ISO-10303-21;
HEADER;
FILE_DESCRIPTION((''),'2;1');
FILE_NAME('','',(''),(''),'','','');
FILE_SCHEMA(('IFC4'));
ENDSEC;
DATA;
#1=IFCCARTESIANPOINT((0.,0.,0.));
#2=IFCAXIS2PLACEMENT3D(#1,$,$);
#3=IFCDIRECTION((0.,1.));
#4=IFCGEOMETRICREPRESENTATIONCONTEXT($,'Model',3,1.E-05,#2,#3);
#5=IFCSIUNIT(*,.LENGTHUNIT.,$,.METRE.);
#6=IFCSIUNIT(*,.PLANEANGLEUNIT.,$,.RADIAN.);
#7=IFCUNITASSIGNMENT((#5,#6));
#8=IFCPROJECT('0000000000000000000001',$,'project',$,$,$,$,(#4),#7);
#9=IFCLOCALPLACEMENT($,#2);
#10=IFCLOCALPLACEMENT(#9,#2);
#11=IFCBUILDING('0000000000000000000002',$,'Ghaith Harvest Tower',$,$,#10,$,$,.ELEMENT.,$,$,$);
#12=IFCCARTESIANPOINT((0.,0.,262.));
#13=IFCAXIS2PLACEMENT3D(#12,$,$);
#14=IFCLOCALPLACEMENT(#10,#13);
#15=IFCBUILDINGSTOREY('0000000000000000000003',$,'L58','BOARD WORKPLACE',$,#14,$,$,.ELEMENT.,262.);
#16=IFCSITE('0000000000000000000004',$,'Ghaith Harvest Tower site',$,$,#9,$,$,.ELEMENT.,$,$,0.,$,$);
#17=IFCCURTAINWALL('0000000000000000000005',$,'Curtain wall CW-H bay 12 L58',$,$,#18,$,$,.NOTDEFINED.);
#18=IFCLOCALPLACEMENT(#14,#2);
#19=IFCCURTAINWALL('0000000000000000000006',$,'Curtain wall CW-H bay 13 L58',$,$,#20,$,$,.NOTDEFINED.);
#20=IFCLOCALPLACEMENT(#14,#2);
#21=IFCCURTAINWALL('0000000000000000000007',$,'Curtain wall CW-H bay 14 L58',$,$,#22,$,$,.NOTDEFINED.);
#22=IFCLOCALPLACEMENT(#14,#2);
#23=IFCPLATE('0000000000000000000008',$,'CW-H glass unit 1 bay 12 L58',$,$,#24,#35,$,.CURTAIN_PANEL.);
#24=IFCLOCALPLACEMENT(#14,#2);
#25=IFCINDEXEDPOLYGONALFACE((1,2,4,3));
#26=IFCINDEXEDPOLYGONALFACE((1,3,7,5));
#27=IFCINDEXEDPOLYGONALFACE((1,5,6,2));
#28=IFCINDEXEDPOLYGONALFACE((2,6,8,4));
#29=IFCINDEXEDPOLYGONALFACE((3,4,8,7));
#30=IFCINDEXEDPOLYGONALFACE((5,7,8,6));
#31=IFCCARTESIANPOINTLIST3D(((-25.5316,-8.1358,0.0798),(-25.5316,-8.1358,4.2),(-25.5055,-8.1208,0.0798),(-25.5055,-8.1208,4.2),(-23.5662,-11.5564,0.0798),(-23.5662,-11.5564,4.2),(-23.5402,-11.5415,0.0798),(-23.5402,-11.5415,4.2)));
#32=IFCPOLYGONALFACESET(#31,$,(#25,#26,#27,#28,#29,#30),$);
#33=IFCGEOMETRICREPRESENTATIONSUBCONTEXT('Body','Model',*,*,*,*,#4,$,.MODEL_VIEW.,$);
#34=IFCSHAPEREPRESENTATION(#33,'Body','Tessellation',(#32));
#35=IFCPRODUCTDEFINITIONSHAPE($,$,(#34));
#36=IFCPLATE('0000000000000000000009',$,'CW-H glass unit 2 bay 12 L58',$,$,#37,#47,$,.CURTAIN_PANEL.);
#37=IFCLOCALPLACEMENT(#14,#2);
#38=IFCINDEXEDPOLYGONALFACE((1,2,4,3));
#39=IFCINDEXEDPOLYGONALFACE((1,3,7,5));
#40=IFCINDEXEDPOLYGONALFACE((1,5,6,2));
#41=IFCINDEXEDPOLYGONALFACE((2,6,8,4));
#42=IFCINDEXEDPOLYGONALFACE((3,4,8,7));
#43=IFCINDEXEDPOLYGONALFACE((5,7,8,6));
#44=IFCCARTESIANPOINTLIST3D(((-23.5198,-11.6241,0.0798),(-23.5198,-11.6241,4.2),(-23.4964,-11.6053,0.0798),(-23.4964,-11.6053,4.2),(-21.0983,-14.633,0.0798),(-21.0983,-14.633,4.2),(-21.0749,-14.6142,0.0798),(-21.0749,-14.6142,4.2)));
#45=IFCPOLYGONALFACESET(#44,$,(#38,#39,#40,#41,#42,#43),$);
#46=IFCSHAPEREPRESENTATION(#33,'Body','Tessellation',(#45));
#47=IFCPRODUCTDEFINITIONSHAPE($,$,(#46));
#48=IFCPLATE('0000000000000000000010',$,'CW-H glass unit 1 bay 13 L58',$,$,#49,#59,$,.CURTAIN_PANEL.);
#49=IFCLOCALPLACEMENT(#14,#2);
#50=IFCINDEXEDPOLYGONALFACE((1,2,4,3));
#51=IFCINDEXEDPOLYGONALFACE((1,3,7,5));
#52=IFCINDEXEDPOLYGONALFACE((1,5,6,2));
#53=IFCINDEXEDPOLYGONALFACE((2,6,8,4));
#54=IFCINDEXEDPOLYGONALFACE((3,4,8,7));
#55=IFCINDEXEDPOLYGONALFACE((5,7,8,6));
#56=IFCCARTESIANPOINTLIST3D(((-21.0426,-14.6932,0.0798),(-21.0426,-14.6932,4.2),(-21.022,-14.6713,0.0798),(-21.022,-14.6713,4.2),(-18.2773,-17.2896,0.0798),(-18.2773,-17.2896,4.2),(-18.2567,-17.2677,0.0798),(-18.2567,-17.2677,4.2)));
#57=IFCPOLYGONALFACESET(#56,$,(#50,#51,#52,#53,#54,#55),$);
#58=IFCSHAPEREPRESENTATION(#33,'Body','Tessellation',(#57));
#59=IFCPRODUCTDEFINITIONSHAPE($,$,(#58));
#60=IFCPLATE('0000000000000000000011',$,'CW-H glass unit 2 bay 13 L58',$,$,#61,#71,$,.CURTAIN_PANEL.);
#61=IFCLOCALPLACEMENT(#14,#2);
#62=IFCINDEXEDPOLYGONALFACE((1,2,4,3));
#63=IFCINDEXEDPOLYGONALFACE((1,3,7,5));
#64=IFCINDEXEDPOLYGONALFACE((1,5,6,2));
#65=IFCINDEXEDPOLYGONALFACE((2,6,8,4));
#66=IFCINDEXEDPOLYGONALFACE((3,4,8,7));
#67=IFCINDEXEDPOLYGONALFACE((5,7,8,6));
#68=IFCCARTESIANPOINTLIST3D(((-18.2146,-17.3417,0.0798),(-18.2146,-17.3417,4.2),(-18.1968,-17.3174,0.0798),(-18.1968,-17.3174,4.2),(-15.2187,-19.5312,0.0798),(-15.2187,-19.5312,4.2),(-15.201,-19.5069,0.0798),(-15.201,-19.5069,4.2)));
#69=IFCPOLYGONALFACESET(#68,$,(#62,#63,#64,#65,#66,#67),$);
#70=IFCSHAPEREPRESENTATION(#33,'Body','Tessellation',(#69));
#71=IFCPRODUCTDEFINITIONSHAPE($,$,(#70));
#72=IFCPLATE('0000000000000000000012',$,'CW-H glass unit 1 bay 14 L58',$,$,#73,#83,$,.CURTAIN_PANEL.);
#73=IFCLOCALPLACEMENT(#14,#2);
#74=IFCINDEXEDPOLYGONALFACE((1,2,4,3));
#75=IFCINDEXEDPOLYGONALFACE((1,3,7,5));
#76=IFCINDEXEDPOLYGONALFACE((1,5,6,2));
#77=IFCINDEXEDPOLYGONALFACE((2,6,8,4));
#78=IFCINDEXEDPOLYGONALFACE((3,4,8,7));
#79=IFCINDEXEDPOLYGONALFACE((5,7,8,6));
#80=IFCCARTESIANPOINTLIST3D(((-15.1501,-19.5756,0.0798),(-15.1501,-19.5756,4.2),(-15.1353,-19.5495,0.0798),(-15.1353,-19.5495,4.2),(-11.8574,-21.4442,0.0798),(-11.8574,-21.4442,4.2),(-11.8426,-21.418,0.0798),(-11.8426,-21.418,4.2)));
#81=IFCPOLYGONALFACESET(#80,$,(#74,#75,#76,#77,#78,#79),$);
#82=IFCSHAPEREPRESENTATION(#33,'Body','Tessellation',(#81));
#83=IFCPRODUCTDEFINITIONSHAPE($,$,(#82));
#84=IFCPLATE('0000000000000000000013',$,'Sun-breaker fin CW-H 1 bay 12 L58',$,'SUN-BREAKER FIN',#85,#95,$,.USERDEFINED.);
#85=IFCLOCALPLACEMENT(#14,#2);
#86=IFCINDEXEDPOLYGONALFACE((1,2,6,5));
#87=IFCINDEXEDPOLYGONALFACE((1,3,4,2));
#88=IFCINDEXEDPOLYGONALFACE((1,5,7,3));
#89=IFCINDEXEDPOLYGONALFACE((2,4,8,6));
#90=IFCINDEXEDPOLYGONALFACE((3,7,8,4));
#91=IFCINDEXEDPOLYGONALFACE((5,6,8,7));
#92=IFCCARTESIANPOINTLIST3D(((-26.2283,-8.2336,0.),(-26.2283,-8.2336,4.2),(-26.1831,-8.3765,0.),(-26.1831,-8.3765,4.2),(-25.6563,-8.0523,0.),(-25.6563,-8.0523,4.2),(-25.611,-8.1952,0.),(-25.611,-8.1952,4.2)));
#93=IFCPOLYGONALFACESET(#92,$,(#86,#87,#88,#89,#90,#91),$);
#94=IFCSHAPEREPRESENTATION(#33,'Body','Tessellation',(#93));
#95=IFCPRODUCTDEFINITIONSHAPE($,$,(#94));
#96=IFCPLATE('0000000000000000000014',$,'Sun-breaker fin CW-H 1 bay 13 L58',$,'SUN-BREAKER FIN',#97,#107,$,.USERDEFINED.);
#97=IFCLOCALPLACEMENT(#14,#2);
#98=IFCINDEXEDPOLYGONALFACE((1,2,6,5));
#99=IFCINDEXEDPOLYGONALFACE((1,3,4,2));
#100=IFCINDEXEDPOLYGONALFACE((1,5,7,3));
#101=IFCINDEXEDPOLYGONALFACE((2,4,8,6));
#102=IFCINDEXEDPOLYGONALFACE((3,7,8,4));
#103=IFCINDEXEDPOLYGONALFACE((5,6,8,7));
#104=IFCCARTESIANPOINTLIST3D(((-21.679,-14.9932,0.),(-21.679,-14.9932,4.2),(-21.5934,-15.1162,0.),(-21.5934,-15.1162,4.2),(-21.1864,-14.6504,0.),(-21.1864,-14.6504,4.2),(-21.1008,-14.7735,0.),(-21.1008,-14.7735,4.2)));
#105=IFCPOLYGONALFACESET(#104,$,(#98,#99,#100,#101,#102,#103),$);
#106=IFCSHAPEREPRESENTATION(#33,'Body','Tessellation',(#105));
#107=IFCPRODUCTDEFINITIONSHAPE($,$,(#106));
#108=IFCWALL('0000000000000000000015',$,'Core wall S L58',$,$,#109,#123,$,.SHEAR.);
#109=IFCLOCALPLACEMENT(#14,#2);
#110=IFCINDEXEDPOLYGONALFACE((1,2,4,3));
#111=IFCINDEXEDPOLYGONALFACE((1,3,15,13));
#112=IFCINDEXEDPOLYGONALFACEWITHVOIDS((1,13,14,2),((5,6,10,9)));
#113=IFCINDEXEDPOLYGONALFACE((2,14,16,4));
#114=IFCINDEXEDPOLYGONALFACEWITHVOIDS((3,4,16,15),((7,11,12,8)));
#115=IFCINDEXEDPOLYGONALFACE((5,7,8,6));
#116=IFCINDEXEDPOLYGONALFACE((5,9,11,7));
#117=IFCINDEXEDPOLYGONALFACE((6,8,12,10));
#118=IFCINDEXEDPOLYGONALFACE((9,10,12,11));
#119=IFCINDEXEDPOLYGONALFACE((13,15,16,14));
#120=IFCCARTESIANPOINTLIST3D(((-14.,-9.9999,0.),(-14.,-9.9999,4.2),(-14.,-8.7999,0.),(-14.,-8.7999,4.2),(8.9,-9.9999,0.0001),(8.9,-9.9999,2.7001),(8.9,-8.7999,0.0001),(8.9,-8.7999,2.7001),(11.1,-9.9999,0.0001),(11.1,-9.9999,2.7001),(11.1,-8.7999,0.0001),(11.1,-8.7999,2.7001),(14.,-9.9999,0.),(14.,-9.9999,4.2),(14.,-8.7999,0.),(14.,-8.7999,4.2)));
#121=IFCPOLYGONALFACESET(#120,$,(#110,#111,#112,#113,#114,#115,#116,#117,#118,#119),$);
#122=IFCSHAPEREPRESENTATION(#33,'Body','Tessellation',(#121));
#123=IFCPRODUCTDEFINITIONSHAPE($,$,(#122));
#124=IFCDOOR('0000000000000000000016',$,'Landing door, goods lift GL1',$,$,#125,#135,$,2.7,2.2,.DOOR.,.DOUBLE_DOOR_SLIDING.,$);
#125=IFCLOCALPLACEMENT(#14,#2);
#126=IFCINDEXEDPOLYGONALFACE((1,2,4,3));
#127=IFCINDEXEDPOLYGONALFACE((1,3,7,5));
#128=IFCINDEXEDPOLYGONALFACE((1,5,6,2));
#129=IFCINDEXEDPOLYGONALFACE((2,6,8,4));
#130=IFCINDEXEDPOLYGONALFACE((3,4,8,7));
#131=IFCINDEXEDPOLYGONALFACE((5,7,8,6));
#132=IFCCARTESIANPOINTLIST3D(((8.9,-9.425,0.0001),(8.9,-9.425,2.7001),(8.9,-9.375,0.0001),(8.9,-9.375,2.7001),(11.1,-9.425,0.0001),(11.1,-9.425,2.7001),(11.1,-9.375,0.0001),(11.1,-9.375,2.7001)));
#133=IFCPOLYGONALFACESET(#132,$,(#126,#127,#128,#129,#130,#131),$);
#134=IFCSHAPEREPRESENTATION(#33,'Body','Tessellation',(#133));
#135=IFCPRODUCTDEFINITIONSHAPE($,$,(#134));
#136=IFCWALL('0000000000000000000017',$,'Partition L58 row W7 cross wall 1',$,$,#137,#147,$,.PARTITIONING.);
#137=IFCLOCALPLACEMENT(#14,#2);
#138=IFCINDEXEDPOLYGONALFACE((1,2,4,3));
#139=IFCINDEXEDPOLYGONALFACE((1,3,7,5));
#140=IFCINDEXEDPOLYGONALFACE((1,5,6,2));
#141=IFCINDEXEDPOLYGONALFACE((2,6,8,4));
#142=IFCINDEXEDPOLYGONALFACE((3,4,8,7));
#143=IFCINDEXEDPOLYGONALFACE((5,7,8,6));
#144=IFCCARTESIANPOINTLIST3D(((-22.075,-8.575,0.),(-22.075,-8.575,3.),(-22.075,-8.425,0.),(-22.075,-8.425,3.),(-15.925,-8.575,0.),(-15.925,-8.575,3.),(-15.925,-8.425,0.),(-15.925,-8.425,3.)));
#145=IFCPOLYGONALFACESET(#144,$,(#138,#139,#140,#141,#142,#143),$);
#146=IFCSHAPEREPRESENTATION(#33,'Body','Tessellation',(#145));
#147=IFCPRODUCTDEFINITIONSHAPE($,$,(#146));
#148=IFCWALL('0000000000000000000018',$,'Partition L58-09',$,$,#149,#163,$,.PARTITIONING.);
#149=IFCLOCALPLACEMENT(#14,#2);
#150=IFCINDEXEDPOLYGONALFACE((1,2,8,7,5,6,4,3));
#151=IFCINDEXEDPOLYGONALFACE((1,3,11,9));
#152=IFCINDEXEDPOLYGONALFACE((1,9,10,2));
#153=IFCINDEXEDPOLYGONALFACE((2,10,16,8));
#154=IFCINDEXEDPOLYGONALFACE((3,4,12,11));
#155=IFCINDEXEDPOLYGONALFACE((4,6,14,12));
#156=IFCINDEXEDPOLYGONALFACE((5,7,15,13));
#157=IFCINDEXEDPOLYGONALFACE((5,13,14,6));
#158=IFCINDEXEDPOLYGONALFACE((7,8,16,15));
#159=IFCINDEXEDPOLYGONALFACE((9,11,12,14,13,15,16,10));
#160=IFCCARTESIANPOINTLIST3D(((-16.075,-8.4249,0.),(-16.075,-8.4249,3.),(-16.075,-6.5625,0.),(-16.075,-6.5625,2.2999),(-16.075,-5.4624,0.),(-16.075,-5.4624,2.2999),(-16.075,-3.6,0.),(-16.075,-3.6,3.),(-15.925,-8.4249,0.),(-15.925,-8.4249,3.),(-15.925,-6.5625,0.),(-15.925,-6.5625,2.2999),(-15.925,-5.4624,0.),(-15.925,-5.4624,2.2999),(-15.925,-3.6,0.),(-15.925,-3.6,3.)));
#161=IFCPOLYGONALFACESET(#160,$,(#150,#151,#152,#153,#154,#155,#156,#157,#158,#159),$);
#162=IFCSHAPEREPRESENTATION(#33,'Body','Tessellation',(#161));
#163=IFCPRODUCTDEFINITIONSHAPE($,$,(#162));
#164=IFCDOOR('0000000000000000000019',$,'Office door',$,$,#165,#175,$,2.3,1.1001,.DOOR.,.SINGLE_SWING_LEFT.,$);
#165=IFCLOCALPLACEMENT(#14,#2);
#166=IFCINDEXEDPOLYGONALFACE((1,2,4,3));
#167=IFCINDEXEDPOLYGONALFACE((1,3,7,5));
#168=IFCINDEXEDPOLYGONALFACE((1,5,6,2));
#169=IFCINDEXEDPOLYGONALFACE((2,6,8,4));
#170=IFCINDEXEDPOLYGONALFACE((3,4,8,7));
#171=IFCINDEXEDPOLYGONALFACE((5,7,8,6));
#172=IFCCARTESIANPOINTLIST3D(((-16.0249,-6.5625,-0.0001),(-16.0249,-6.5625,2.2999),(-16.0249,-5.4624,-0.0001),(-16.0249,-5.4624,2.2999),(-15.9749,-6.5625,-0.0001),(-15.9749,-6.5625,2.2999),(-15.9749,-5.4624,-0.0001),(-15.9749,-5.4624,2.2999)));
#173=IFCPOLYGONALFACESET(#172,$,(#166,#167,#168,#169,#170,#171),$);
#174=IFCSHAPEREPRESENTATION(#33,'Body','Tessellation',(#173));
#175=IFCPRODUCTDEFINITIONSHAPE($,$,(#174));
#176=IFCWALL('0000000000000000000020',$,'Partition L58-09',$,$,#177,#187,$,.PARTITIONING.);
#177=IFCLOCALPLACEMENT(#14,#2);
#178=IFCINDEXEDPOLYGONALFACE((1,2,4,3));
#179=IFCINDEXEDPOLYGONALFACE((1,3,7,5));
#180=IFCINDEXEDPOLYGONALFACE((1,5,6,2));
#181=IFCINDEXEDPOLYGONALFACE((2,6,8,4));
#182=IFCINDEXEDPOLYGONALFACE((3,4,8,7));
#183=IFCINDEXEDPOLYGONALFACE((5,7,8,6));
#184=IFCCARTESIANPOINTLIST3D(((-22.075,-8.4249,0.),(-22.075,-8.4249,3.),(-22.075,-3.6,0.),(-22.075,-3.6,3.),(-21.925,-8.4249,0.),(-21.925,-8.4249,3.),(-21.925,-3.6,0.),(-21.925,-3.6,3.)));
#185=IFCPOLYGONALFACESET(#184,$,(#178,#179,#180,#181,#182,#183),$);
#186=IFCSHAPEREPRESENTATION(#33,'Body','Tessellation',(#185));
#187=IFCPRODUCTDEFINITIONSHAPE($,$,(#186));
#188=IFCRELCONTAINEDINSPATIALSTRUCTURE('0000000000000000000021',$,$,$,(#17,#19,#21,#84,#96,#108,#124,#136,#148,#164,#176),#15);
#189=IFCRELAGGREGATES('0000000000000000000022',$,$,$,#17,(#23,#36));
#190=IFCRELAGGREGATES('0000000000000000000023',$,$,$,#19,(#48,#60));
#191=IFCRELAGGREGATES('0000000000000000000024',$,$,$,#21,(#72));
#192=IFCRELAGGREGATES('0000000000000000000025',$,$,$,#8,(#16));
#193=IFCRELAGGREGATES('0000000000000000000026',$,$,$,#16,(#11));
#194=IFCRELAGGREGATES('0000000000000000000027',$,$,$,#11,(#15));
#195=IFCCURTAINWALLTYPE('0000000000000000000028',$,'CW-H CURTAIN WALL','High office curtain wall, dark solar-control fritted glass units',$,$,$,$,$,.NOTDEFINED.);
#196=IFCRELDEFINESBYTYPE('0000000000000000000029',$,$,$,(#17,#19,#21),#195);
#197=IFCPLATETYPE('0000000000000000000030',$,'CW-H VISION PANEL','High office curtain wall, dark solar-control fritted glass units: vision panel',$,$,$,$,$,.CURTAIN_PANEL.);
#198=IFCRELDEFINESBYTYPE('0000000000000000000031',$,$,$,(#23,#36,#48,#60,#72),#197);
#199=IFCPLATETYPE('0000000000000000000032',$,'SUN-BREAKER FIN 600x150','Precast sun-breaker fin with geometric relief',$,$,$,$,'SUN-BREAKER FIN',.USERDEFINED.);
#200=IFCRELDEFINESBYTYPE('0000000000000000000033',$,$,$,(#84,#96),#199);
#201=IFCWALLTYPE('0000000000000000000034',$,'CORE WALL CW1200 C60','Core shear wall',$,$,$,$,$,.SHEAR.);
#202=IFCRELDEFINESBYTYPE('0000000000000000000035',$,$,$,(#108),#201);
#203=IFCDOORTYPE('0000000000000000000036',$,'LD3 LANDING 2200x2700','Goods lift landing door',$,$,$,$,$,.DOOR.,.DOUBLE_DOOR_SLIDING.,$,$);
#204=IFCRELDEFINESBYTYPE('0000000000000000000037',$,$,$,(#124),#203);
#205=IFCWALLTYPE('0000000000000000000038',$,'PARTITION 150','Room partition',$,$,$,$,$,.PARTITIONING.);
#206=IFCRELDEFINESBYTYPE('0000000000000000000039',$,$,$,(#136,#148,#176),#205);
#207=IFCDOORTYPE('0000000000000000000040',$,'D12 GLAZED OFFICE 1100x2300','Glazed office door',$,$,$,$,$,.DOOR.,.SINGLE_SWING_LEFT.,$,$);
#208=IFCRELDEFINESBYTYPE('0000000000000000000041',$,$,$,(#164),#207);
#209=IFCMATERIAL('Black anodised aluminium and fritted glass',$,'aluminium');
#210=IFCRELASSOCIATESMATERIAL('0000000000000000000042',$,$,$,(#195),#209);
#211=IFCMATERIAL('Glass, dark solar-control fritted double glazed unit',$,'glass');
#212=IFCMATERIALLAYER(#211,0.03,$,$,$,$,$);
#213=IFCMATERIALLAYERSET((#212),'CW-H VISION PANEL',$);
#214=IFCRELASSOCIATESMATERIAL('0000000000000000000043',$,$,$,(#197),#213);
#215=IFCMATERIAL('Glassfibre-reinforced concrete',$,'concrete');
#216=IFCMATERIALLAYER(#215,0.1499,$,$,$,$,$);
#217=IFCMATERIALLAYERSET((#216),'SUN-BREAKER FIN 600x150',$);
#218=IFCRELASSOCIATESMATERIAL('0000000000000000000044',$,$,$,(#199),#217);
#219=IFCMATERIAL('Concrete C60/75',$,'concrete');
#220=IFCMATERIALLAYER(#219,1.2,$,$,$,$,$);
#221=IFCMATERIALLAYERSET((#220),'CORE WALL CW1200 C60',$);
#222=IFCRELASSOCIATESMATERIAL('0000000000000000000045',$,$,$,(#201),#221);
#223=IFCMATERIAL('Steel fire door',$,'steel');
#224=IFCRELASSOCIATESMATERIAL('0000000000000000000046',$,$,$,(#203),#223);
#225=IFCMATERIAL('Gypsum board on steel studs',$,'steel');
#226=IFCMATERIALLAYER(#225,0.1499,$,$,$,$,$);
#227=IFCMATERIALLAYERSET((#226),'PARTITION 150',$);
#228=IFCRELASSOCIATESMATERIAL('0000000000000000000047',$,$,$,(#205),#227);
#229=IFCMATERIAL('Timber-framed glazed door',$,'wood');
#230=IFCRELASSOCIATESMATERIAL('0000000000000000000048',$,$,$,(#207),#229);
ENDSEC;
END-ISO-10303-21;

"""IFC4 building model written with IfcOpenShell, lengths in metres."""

from ifc_helpers import new_model, si_unit, direction, frame, frame_2d, origin, origin_2d, place, context, subcontext, project, spatial, rectangle, extrude, material, layer, layer_set, type_object, element, fill, aggregate, save


model = new_model("IFC4")

# Units and contexts
model_context = context("Model", 3, precision=1e-05, world=origin(), true_north=direction((0.0, 1.0)))
body_context = subcontext(model_context, "Body", "Model", "MODEL_VIEW")
ifc_project = project(units=[si_unit("LENGTHUNIT", "METRE"), si_unit("PLANEANGLEUNIT", "RADIAN")], contexts=[model_context])

# Site, building, storey
site_placement = place(None, origin())
site = spatial("IfcSite", under=ifc_project, at=site_placement, Name="Ghaith Harvest Tower site", CompositionType="ELEMENT", RefElevation=0.0)
building_placement = place(site_placement, origin())
building = spatial("IfcBuilding", under=site, at=building_placement, Name="Ghaith Harvest Tower", CompositionType="ELEMENT")
storey_placement = place(building_placement, frame((0.0, 0.0, 262.0)))
storey = spatial("IfcBuildingStorey", under=building, at=storey_placement, Name="L58", Description="BOARD WORKPLACE", CompositionType="ELEMENT", Elevation=262.0)

# Curtain wall
ifc_material_1 = material(Name="Black anodised aluminium and fritted glass", Category="aluminium")
curtain_wall_type = type_object("IfcCurtainWallType", Name="CW-H CURTAIN WALL", Description="High office curtain wall, dark solar-control fritted glass units", PredefinedType="NOTDEFINED", material=ifc_material_1)
curtain_wall_1_placement = place(storey_placement, origin())
curtain_wall_1 = element("IfcCurtainWall", 1, at=curtain_wall_1_placement, inside=storey, type_object=curtain_wall_type, Name="Curtain wall CW-H bay 12 L58", PredefinedType="NOTDEFINED")

# Curtain wall
curtain_wall_2_placement = place(storey_placement, origin())
curtain_wall_2 = element("IfcCurtainWall", 2, at=curtain_wall_2_placement, inside=storey, type_object=curtain_wall_type, Name="Curtain wall CW-H bay 13 L58", PredefinedType="NOTDEFINED")

# Curtain wall
curtain_wall_3_placement = place(storey_placement, origin())
curtain_wall_3 = element("IfcCurtainWall", 3, at=curtain_wall_3_placement, inside=storey, type_object=curtain_wall_type, Name="Curtain wall CW-H bay 14 L58", PredefinedType="NOTDEFINED")

# Plates
ifc_material_2 = material(Name="Glass, dark solar-control fritted double glazed unit", Category="glass")
ifc_layer_1 = layer(ifc_material_2, 0.03)
ifc_layer_set_1 = layer_set([ifc_layer_1], Name="CW-H VISION PANEL")
plate_type_1 = type_object("IfcPlateType", Name="CW-H VISION PANEL", Description="High office curtain wall, dark solar-control fritted glass units: vision panel", PredefinedType="CURTAIN_PANEL", material=ifc_layer_set_1)
plate_1_placement = place(storey_placement, frame((-24.5359, -9.8386, 0.0798), z_axis=(0.0, 0.0, 1.0), x_axis=(0.49818, -0.867074, 0.0)))
plate_1 = element("IfcPlate", 4, at=plate_1_placement, type_object=plate_type_1, Name="CW-H glass unit 1 bay 12 L58", PredefinedType="CURTAIN_PANEL", context=body_context, shape_type="SweptSolid", body=[
    extrude(rectangle(XDim=3.9451, YDim=0.03, at=origin_2d()), origin(), (0.0, 0.0, 1.0), 4.1201),
])
plate_2_placement = place(storey_placement, frame((-22.2974, -13.1191, 0.0798), z_axis=(0.0, 0.0, 1.0), x_axis=(0.626957, -0.779054, 0.0)))
plate_2 = element("IfcPlate", 5, at=plate_2_placement, type_object=plate_type_1, Name="CW-H glass unit 2 bay 12 L58", PredefinedType="CURTAIN_PANEL", context=body_context, shape_type="SweptSolid", body=[
    extrude(rectangle(XDim=3.8623, YDim=0.03, at=origin_2d()), origin(), (0.0, 0.0, 1.0), 4.1201),
])
aggregate(curtain_wall_1, [plate_1, plate_2])
plate_3_placement = place(storey_placement, frame((-19.6497, -15.9805, 0.0798), z_axis=(0.0, 0.0, 1.0), x_axis=(0.729017, -0.684496, 0.0)))
plate_3 = element("IfcPlate", 6, at=plate_3_placement, type_object=plate_type_1, Name="CW-H glass unit 1 bay 13 L58", PredefinedType="CURTAIN_PANEL", context=body_context, shape_type="SweptSolid", body=[
    extrude(rectangle(XDim=3.7932, YDim=0.03, at=origin_2d()), origin(), (0.0, 0.0, 1.0), 4.1201),
])
plate_4_placement = place(storey_placement, frame((-16.7078, -18.4243, 0.0798), z_axis=(0.0, 0.0, 1.0), x_axis=(0.807364, -0.590054, 0.0)))
plate_4 = element("IfcPlate", 7, at=plate_4_placement, type_object=plate_type_1, Name="CW-H glass unit 2 bay 13 L58", PredefinedType="CURTAIN_PANEL", context=body_context, shape_type="SweptSolid", body=[
    extrude(rectangle(XDim=3.7107, YDim=0.03, at=origin_2d()), origin(), (0.0, 0.0, 1.0), 4.1201),
])
aggregate(curtain_wall_2, [plate_3, plate_4])
plate_5_placement = place(storey_placement, frame((-13.4963, -20.4968, 0.0798), z_axis=(0.0, 0.0, 1.0), x_axis=(0.869715, -0.493554, 0.0)))
plate_5 = element("IfcPlate", 8, at=plate_5_placement, type_object=plate_type_1, Name="CW-H glass unit 1 bay 14 L58", PredefinedType="CURTAIN_PANEL", context=body_context, shape_type="SweptSolid", body=[
    extrude(rectangle(XDim=3.7859, YDim=0.03, at=origin_2d()), origin(), (0.0, 0.0, 1.0), 4.1201),
])
aggregate(curtain_wall_3, [plate_5])

# Plates
ifc_material_3 = material(Name="Glassfibre-reinforced concrete", Category="concrete")
ifc_layer_2 = layer(ifc_material_3, 0.1499)
ifc_layer_set_2 = layer_set([ifc_layer_2], Name="SUN-BREAKER FIN 600x150")
plate_type_2 = type_object("IfcPlateType", Name="SUN-BREAKER FIN 600x150", Description="Precast sun-breaker fin with geometric relief", ElementType="SUN-BREAKER FIN", PredefinedType="USERDEFINED", material=ifc_layer_set_2)
for number, where, z_axis, x_axis, name in (
    (9, (-25.9197, -8.2144, 0.0), (0.0, 0.0, 1.0), (-0.953273, -0.30211, 0.0), "Sun-breaker fin CW-H 1 bay 12 L58"),
    (10, (-21.3899, -14.8833, 0.0), (0.0, 0.0, 1.0), (-0.820845, -0.57115, 0.0), "Sun-breaker fin CW-H 1 bay 13 L58"),
):
    element("IfcPlate", number, at=place(storey_placement, frame(where, z_axis=z_axis, x_axis=x_axis)), inside=storey, type_object=plate_type_2, Name=name, ObjectType="SUN-BREAKER FIN", PredefinedType="USERDEFINED", context=body_context, shape_type="SweptSolid", body=[
        extrude(rectangle(XDim=0.6001, YDim=0.1499, at=origin_2d()), origin(), (0.0, 0.0, 1.0), 4.2),
    ])

# Wall, opening, door
ifc_material_4 = material(Name="Concrete C60/75", Category="concrete")
ifc_layer_3 = layer(ifc_material_4, 1.2)
ifc_layer_set_3 = layer_set([ifc_layer_3], Name="CORE WALL CW1200 C60")
wall_type_1 = type_object("IfcWallType", Name="CORE WALL CW1200 C60", Description="Core shear wall", PredefinedType="SHEAR", material=ifc_layer_set_3)
wall_1_placement = place(storey_placement, frame((-14.0, -9.3999, 0.0), z_axis=(0.0, 0.0, 1.0), x_axis=(1.0, 0.0, 0.0)))
wall_1 = element("IfcWall", 11, at=wall_1_placement, inside=storey, type_object=wall_type_1, Name="Core wall S L58", PredefinedType="SHEAR", context=body_context, shape_type="SweptSolid", body=[
    extrude(rectangle(XDim=28.0, YDim=1.2, at=frame_2d((14.0, 0.0))), origin(), (0.0, 0.0, 1.0), 4.2),
])
opening_1_placement = place(wall_1_placement, frame((22.8999, 0.0, 0.0)))
opening_1 = element("IfcOpeningElement", 12, at=opening_1_placement, cuts=wall_1, PredefinedType="OPENING", context=body_context, shape_type="SweptSolid", body=[
    extrude(rectangle(XDim=2.2, YDim=2.7, at=frame_2d((1.1001, 1.3501))), frame((0.0, 0.6099, 0.0), z_axis=(0.0, -1.0, 0.0), x_axis=(1.0, 0.0, 0.0)), (0.0, 0.0, 1.0), 1.22),
])
ifc_material_5 = material(Name="Steel fire door", Category="steel")
door_type_1 = type_object("IfcDoorType", Name="LD3 LANDING 2200x2700", Description="Goods lift landing door", OperationType="DOUBLE_DOOR_SLIDING", PredefinedType="DOOR", material=ifc_material_5)
door_1_placement = place(opening_1_placement, origin())
door_1 = element("IfcDoor", 13, at=door_1_placement, inside=storey, type_object=door_type_1, Name="Landing door, goods lift GL1", OperationType="DOUBLE_DOOR_SLIDING", OverallHeight=2.7, OverallWidth=2.2, PredefinedType="DOOR", context=body_context, shape_type="SweptSolid", body=[
    extrude(rectangle(XDim=2.2, YDim=2.7, at=frame_2d((1.1001, 1.3501))), frame((0.0, 0.0249, 0.0), z_axis=(0.0, -1.0, 0.0), x_axis=(1.0, 0.0, 0.0)), (0.0, 0.0, 1.0), 0.05),
])
fill(opening_1, door_1)

# Wall
ifc_material_6 = material(Name="Gypsum board on steel studs", Category="steel")
ifc_layer_4 = layer(ifc_material_6, 0.1499)
ifc_layer_set_4 = layer_set([ifc_layer_4], Name="PARTITION 150")
wall_type_2 = type_object("IfcWallType", Name="PARTITION 150", Description="Room partition", PredefinedType="PARTITIONING", material=ifc_layer_set_4)
wall_2_placement = place(storey_placement, frame((-15.925, -8.5, 0.0), z_axis=(0.0, 0.0, 1.0), x_axis=(-1.0, 0.0, 0.0)))
element("IfcWall", 14, at=wall_2_placement, inside=storey, type_object=wall_type_2, Name="Partition L58 row W7 cross wall 1", PredefinedType="PARTITIONING", context=body_context, shape_type="SweptSolid", body=[
    extrude(rectangle(XDim=6.1499, YDim=0.1499, at=frame_2d((3.075, 0.0))), origin(), (0.0, 0.0, 1.0), 3.0),
])

# Wall, opening, door
wall_3_placement = place(storey_placement, frame((-16.0, -8.425, 0.0), z_axis=(0.0, 0.0, 1.0), x_axis=(0.0, 1.0, 0.0)))
wall_3 = element("IfcWall", 15, at=wall_3_placement, inside=storey, type_object=wall_type_2, Name="Partition L58-09", PredefinedType="PARTITIONING", context=body_context, shape_type="SweptSolid", body=[
    extrude(rectangle(XDim=4.825, YDim=0.1499, at=frame_2d((2.4126, 0.0))), origin(), (0.0, 0.0, 1.0), 3.0),
])
opening_2_placement = place(wall_3_placement, frame((1.8625, 0.0, 0.0)))
opening_2 = element("IfcOpeningElement", 16, at=opening_2_placement, cuts=wall_3, PredefinedType="OPENING", context=body_context, shape_type="SweptSolid", body=[
    extrude(rectangle(XDim=1.1001, YDim=2.3, at=frame_2d((0.55, 1.1499))), frame((0.0, 0.085, 0.0), z_axis=(0.0, -1.0, 0.0), x_axis=(1.0, 0.0, 0.0)), (0.0, 0.0, 1.0), 0.1699),
])
ifc_material_7 = material(Name="Timber-framed glazed door", Category="wood")
door_type_2 = type_object("IfcDoorType", Name="D12 GLAZED OFFICE 1100x2300", Description="Glazed office door", OperationType="SINGLE_SWING_LEFT", PredefinedType="DOOR", material=ifc_material_7)
door_2_placement = place(opening_2_placement, origin())
door_2 = element("IfcDoor", 17, at=door_2_placement, inside=storey, type_object=door_type_2, Name="Office door", OperationType="SINGLE_SWING_LEFT", OverallHeight=2.3, OverallWidth=1.1001, PredefinedType="DOOR", context=body_context, shape_type="SweptSolid", body=[
    extrude(rectangle(XDim=1.1001, YDim=2.3, at=frame_2d((0.55, 1.1499))), frame((0.0, 0.0249, 0.0), z_axis=(0.0, -1.0, 0.0), x_axis=(1.0, 0.0, 0.0)), (0.0, 0.0, 1.0), 0.05),
])
fill(opening_2, door_2)

# Wall
wall_4_placement = place(storey_placement, frame((-22.0, -8.425, 0.0), z_axis=(0.0, 0.0, 1.0), x_axis=(0.0, 1.0, 0.0)))
element("IfcWall", 18, at=wall_4_placement, inside=storey, type_object=wall_type_2, Name="Partition L58-09", PredefinedType="PARTITIONING", context=body_context, shape_type="SweptSolid", body=[
    extrude(rectangle(XDim=4.825, YDim=0.1499, at=frame_2d((2.4126, 0.0))), origin(), (0.0, 0.0, 1.0), 3.0),
])

save(model, "model.ifc")
